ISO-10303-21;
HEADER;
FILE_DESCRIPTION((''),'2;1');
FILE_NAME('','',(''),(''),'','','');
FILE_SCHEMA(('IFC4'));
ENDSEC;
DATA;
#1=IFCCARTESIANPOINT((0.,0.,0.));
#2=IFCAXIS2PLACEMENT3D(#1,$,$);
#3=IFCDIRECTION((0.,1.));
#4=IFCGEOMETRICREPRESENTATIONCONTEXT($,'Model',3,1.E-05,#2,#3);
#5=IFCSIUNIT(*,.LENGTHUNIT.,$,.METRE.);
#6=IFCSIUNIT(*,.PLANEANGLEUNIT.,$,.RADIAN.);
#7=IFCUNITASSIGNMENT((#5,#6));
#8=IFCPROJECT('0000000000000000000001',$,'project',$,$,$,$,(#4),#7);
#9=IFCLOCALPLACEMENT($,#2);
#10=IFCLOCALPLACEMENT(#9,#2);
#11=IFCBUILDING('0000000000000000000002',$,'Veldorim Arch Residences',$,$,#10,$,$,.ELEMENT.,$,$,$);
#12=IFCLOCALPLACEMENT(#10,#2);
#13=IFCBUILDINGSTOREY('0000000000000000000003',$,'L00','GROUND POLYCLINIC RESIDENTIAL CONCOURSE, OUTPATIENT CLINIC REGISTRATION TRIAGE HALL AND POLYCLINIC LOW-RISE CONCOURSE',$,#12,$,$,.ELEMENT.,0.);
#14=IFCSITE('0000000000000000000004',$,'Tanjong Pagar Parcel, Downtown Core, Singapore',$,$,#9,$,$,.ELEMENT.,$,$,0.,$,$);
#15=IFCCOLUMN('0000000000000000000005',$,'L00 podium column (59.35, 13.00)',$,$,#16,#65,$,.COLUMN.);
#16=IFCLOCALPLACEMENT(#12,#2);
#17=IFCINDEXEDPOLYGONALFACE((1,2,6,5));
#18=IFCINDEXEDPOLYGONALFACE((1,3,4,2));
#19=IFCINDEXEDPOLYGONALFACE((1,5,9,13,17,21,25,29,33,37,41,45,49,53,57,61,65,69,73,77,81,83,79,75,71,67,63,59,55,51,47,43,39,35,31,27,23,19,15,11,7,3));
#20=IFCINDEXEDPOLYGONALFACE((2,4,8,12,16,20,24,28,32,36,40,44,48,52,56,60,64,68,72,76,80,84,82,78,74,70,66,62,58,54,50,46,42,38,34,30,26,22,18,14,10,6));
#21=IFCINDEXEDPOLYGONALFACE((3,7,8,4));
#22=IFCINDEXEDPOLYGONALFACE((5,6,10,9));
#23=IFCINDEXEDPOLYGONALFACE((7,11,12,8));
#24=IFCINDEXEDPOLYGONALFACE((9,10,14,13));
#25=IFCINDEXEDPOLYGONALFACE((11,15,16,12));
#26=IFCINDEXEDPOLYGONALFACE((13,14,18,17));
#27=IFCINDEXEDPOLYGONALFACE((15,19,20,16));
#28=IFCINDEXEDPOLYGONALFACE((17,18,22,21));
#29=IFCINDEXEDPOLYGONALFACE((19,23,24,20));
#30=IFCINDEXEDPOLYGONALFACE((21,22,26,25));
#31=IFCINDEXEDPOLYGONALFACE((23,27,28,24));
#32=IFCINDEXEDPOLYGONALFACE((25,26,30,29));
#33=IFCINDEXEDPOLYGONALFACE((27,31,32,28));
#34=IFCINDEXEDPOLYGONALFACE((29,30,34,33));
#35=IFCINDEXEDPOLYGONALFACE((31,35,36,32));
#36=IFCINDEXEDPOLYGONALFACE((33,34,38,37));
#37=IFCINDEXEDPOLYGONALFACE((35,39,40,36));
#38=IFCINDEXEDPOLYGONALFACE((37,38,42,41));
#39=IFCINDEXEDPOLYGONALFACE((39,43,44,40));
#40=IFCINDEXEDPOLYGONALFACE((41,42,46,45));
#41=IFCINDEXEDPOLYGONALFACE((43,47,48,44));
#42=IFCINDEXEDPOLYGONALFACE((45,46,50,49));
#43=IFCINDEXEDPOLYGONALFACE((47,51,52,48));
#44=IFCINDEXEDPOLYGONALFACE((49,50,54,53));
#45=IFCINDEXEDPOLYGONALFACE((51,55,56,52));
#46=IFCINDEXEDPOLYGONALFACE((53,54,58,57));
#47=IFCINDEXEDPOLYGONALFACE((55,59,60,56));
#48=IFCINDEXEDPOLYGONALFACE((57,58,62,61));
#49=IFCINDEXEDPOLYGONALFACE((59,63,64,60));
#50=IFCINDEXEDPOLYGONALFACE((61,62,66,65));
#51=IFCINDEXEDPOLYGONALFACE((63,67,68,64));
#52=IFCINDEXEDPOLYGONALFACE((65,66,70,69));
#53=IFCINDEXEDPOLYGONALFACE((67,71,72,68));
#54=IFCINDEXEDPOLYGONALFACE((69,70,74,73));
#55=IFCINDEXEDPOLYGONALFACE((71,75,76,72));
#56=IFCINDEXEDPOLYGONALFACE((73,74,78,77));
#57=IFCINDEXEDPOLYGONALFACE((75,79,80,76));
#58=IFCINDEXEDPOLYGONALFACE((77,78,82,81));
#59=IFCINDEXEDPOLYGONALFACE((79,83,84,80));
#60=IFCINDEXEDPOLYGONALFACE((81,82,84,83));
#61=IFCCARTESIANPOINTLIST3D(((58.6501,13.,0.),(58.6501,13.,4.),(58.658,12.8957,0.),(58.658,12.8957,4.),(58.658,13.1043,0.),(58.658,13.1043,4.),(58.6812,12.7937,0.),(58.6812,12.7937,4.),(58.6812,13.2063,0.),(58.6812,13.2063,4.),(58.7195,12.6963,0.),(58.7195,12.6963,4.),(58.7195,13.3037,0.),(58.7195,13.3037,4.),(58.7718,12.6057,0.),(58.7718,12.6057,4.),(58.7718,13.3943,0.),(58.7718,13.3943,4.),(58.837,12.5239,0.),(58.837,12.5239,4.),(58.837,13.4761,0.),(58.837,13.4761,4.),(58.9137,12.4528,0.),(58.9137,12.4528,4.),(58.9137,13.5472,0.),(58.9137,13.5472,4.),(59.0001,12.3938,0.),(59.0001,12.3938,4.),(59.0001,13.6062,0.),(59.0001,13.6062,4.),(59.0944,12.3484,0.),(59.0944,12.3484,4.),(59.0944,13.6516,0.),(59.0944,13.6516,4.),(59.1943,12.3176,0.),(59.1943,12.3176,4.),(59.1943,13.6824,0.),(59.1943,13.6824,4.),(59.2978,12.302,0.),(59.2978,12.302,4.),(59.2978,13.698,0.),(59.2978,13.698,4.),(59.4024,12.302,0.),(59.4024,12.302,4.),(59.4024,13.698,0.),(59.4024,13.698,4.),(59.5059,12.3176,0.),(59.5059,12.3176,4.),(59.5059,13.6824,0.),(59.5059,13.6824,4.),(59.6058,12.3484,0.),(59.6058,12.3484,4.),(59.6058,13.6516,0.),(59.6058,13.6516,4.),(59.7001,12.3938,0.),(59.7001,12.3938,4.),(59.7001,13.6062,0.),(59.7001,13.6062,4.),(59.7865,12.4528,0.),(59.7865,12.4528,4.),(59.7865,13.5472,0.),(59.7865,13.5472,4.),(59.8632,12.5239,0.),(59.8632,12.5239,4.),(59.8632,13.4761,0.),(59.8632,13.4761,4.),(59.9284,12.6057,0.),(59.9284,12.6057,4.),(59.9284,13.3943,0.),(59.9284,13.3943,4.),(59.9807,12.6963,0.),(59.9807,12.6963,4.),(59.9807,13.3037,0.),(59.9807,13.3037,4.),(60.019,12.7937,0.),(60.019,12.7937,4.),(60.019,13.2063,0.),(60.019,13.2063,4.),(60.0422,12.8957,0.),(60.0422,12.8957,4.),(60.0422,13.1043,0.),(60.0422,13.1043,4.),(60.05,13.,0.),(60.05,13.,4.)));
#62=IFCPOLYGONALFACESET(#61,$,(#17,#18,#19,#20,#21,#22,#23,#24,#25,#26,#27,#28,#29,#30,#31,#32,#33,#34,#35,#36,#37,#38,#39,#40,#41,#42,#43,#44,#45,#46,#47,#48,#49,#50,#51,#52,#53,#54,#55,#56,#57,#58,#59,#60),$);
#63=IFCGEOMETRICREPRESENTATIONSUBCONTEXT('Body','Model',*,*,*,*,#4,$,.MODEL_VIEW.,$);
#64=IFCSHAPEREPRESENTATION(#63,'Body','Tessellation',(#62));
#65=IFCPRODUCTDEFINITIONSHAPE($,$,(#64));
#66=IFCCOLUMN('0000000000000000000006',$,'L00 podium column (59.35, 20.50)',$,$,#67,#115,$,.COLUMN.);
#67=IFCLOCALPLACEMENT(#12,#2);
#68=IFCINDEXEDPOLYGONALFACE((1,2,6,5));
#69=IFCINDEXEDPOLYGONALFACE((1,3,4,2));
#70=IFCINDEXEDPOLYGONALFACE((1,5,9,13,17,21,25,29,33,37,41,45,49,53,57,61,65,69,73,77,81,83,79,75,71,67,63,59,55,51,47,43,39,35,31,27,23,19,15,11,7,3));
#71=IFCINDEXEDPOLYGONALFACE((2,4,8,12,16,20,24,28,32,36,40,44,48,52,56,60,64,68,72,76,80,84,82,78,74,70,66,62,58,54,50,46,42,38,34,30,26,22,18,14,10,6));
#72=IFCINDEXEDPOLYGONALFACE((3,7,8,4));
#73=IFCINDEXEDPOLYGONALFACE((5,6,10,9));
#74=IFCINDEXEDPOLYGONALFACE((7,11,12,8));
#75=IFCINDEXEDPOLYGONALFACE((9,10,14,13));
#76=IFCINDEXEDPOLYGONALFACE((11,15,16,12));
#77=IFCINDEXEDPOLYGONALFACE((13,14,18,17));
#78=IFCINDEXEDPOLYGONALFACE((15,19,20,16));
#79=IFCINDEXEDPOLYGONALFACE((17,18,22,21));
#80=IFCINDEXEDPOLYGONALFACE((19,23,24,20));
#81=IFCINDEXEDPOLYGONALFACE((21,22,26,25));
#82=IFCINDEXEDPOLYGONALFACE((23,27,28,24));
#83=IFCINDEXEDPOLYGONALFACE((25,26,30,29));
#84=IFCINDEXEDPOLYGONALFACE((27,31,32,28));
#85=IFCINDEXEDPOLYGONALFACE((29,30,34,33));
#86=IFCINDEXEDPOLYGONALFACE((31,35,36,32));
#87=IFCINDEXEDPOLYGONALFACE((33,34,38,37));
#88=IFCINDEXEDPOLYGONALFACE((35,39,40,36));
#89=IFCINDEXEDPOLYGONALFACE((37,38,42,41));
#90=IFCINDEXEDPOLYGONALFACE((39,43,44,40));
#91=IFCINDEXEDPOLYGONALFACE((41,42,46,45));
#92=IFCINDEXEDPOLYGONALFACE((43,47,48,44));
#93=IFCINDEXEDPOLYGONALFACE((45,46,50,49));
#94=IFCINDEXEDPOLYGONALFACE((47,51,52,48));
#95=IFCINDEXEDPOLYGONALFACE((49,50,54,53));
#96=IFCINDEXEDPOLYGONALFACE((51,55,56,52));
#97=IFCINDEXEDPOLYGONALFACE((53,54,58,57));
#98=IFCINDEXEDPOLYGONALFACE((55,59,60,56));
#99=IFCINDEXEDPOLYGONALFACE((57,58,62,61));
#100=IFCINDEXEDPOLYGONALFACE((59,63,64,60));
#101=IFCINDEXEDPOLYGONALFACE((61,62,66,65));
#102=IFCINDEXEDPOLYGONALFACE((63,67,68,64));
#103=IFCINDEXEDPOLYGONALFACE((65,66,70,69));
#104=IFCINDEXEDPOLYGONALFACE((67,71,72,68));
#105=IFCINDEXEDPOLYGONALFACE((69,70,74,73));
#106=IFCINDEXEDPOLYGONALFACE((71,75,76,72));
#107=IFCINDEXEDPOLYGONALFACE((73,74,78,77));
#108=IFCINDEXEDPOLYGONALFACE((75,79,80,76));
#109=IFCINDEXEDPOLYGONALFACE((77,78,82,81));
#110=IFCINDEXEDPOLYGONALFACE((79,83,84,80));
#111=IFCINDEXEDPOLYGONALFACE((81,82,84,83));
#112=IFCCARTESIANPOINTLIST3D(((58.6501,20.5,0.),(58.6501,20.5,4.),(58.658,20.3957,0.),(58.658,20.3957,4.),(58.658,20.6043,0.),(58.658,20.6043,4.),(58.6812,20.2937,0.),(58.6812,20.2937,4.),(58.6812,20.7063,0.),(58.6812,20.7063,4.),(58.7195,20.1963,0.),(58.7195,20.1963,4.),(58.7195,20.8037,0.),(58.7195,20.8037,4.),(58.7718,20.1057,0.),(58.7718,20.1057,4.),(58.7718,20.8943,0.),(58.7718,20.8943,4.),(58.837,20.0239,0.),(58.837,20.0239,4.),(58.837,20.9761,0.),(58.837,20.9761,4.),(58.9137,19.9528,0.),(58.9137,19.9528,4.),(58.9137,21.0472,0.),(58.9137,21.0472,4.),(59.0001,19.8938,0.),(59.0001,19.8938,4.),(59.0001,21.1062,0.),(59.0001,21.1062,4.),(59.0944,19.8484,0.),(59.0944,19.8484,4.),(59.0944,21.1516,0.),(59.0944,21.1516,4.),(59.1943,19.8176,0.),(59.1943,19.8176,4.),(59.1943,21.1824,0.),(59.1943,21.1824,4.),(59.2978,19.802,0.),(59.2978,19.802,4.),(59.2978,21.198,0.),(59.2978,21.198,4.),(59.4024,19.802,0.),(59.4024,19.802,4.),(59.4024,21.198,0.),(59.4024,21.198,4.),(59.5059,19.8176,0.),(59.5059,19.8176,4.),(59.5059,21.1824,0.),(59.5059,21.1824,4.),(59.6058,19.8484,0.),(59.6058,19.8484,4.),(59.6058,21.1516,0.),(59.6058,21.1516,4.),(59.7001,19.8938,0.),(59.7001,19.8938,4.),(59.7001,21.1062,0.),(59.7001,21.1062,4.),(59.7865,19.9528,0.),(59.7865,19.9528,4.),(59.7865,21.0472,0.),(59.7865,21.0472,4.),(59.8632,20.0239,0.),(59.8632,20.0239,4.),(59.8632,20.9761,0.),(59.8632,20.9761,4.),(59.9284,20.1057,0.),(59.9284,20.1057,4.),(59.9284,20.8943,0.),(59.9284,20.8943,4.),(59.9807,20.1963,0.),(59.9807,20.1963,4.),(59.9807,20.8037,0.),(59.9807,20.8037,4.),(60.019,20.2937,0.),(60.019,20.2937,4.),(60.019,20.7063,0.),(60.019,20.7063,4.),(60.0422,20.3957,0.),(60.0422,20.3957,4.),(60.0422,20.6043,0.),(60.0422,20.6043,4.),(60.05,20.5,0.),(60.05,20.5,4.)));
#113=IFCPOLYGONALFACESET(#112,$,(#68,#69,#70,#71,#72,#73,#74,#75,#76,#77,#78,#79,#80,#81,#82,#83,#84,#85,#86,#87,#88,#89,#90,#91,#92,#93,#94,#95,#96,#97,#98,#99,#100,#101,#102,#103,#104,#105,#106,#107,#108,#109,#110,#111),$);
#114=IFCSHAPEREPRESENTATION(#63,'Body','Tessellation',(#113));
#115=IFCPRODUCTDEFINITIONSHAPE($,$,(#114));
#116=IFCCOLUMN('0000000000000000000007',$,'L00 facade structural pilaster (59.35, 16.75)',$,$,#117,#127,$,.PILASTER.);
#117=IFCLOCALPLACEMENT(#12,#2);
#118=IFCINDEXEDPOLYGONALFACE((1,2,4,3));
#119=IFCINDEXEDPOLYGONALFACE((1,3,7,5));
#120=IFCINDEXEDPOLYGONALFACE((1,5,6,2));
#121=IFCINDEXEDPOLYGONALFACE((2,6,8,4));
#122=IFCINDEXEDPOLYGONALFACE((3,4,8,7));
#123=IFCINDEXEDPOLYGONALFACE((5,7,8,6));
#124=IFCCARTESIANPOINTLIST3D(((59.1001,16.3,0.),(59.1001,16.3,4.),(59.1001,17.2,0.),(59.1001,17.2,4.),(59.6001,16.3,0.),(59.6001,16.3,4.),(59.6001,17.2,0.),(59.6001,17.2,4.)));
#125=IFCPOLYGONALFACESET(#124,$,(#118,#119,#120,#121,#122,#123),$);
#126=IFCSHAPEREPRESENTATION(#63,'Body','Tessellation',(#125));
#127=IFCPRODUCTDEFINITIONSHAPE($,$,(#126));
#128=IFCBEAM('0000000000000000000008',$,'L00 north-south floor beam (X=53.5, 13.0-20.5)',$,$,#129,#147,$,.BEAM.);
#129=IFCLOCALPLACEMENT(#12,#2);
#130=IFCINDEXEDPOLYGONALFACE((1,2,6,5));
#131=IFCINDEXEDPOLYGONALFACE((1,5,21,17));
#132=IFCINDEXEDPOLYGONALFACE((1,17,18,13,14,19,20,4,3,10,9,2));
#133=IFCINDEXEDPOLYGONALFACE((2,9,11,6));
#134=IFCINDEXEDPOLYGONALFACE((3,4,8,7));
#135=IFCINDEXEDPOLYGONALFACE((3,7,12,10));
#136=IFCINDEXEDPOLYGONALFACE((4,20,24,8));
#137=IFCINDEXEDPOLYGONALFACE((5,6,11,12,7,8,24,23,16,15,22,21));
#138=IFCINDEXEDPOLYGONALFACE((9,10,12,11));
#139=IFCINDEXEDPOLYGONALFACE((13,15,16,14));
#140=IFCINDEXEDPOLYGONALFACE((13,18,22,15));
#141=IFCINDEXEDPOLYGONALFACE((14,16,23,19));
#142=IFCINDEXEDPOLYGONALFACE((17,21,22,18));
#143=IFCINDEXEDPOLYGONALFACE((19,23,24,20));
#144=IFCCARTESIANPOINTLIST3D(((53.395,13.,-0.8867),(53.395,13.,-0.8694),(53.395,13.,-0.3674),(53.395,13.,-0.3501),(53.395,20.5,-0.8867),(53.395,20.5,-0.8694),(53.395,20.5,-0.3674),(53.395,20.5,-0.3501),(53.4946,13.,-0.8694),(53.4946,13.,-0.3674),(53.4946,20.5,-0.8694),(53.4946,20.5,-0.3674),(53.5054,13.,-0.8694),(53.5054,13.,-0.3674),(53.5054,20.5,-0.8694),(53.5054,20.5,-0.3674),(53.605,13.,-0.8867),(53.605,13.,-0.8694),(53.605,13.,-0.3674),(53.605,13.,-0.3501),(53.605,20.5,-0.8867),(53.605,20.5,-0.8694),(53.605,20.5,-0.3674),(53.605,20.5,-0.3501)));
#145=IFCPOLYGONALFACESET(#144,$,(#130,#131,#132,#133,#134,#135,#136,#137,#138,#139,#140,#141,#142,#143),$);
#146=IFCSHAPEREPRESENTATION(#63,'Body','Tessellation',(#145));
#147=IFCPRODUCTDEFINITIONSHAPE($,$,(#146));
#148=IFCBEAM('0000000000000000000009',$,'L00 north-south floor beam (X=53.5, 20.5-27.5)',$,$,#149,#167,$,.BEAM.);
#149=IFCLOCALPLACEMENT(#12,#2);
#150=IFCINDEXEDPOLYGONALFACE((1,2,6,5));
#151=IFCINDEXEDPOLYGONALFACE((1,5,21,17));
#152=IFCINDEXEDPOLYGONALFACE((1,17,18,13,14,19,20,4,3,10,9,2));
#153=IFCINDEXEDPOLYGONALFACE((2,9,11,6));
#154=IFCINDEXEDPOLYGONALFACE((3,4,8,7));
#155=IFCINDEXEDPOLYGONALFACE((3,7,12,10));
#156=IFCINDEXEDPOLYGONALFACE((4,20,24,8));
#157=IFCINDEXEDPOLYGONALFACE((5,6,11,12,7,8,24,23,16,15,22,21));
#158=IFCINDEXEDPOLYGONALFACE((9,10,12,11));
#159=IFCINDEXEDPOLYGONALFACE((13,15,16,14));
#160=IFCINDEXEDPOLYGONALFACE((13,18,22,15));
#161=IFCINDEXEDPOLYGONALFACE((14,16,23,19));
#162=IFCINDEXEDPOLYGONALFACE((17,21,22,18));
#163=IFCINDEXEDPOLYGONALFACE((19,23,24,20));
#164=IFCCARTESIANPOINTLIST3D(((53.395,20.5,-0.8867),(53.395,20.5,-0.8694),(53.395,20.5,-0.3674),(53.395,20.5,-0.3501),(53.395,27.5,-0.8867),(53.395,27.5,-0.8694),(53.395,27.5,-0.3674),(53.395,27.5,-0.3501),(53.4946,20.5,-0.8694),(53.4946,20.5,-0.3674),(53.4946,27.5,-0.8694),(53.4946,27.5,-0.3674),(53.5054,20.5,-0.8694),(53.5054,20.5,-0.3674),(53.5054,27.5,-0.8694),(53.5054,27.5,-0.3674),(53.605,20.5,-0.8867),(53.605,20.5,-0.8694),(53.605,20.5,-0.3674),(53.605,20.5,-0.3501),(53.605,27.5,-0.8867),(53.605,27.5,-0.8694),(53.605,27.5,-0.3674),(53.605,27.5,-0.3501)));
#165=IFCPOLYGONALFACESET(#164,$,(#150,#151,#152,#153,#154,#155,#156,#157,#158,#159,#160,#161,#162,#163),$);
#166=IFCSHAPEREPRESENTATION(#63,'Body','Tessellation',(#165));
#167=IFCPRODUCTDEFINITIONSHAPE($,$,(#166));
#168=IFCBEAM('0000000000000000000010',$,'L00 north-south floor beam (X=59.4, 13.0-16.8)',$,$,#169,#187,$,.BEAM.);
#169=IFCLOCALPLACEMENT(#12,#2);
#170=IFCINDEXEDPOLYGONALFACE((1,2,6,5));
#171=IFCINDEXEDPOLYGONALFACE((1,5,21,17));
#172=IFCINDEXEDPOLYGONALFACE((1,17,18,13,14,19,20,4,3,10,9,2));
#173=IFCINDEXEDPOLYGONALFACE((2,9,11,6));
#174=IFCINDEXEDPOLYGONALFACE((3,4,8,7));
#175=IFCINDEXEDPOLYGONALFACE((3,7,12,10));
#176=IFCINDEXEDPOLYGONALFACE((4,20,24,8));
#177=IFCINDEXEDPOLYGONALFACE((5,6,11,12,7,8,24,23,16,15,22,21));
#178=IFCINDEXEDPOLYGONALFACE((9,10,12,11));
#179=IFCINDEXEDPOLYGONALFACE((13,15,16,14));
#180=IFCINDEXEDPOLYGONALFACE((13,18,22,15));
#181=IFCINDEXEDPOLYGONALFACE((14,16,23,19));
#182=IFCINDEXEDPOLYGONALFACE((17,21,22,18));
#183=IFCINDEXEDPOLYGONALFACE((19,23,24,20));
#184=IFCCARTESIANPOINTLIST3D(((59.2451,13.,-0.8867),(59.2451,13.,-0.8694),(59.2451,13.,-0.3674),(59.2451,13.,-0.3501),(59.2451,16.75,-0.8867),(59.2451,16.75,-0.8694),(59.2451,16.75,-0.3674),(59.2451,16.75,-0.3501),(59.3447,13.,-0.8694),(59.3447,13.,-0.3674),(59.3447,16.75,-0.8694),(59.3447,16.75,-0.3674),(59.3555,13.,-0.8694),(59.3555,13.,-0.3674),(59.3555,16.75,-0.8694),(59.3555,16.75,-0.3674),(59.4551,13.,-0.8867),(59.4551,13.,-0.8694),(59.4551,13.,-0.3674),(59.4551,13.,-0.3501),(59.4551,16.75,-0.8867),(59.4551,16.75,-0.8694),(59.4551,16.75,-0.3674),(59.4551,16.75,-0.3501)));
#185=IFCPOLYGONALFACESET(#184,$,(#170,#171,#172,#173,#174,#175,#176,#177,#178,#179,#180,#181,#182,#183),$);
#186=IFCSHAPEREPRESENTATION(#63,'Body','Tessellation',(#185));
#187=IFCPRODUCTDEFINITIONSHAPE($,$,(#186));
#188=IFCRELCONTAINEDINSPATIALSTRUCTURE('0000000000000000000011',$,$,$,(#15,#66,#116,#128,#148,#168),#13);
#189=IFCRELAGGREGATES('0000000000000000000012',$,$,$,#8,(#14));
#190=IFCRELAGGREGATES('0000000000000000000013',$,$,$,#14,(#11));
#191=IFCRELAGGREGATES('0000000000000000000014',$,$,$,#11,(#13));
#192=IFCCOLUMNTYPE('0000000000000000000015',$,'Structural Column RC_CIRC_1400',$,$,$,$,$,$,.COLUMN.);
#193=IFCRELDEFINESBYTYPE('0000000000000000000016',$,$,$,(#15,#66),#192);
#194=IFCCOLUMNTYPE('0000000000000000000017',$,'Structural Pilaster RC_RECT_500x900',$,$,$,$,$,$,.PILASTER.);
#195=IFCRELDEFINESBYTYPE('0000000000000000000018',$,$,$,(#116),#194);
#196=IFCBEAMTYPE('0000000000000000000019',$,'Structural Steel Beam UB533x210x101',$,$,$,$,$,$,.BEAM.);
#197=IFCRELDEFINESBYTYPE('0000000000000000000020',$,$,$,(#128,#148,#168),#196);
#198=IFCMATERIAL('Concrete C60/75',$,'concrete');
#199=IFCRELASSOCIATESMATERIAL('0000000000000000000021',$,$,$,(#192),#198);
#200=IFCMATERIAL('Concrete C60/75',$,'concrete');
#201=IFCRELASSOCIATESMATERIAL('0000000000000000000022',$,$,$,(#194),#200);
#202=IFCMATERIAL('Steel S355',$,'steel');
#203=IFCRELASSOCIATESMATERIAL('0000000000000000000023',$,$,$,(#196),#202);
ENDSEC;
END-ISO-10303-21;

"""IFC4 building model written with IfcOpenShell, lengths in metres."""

from ifc_helpers import new_model, si_unit, direction, frame, origin, origin_2d, place, context, subcontext, project, spatial, rectangle, circle, i_section, extrude, material, material_profile, profile_set, type_object, element, save


model = new_model("IFC4")

# Units and contexts
model_context = context("Model", 3, precision=1e-05, world=origin(), true_north=direction((0.0, 1.0)))
body_context = subcontext(model_context, "Body", "Model", "MODEL_VIEW")
ifc_project = project(units=[si_unit("LENGTHUNIT", "METRE"), si_unit("PLANEANGLEUNIT", "RADIAN")], contexts=[model_context])

# Site, building, storey
site_placement = place(None, origin())
site = spatial("IfcSite", under=ifc_project, at=site_placement, Name="Tanjong Pagar Parcel, Downtown Core, Singapore", CompositionType="ELEMENT", RefElevation=0.0)
building_placement = place(site_placement, origin())
building = spatial("IfcBuilding", under=site, at=building_placement, Name="Veldorim Arch Residences", CompositionType="ELEMENT")
storey_placement = place(building_placement, origin())
storey = spatial("IfcBuildingStorey", under=building, at=storey_placement, Name="L00", Description="GROUND POLYCLINIC RESIDENTIAL CONCOURSE, OUTPATIENT CLINIC REGISTRATION TRIAGE HALL AND POLYCLINIC LOW-RISE CONCOURSE", CompositionType="ELEMENT", Elevation=0.0)

# Columns
ifc_material_1 = material(Name="Concrete C60/75", Category="concrete")
ifc_material_profile_1 = material_profile(ifc_material_1, circle(Radius=0.7, at=origin_2d()), Name="RC_CIRC_1400")
ifc_profile_set_1 = profile_set([ifc_material_profile_1], Name="Concrete C60/75")
column_type_1 = type_object("IfcColumnType", Name="Structural Column RC_CIRC_1400", PredefinedType="COLUMN", material=ifc_profile_set_1)
for number, where, z_axis, x_axis, name in (
    (1, (59.3501, 13.0, 0.0), (0.0, 0.0, 1.0), (1.0, 0.0, 0.0), "L00 podium column (59.35, 13.00)"),
    (2, (59.3501, 20.5, 0.0), (0.0, 0.0, 1.0), (1.0, 0.0, 0.0), "L00 podium column (59.35, 20.50)"),
):
    element("IfcColumn", number, at=place(storey_placement, frame(where, z_axis=z_axis, x_axis=x_axis)), inside=storey, type_object=column_type_1, Name=name, PredefinedType="COLUMN", context=body_context, shape_type="SweptSolid", body=[
        extrude(circle(Radius=0.7, at=origin_2d()), origin(), (0.0, 0.0, 1.0), 4.0),
    ])
ifc_material_2 = material(Name="Concrete C60/75", Category="concrete")
ifc_material_profile_2 = material_profile(ifc_material_2, rectangle(XDim=0.5, YDim=0.8999, at=origin_2d()), Name="RC_RECT_500x900")
ifc_profile_set_2 = profile_set([ifc_material_profile_2], Name="Concrete C60/75")
column_type_2 = type_object("IfcColumnType", Name="Structural Pilaster RC_RECT_500x900", PredefinedType="PILASTER", material=ifc_profile_set_2)
column_placement = place(storey_placement, frame((59.3501, 16.75, 0.0), z_axis=(0.0, 0.0, 1.0), x_axis=(1.0, 0.0, 0.0)))
element("IfcColumn", 3, at=column_placement, inside=storey, type_object=column_type_2, Name="L00 facade structural pilaster (59.35, 16.75)", PredefinedType="PILASTER", context=body_context, shape_type="SweptSolid", body=[
    extrude(rectangle(XDim=0.5, YDim=0.8999, at=origin_2d()), origin(), (0.0, 0.0, 1.0), 4.0),
])

# Beams
ifc_material_3 = material(Name="Steel S355", Category="steel")
ifc_material_profile_3 = material_profile(ifc_material_3, i_section(OverallWidth=0.21, OverallDepth=0.5366, WebThickness=0.0107, FlangeThickness=0.0173, at=origin_2d()), Name="UB533x210x101")
ifc_profile_set_3 = profile_set([ifc_material_profile_3], Name="Steel S355")
beam_type_1 = type_object("IfcBeamType", Name="Structural Steel Beam UB533x210x101", PredefinedType="BEAM", material=ifc_profile_set_3)
beam_1_placement = place(storey_placement, frame((53.5, 13.0, -0.6184), z_axis=(0.0, 1.0, 0.0), x_axis=(-1.0, 0.0, 0.0)))
element("IfcBeam", 4, at=beam_1_placement, inside=storey, type_object=beam_type_1, Name="L00 north-south floor beam (X=53.5, 13.0-20.5)", PredefinedType="BEAM", context=body_context, shape_type="SweptSolid", body=[
    extrude(i_section(OverallWidth=0.21, OverallDepth=0.5366, WebThickness=0.0107, FlangeThickness=0.0173, at=origin_2d()), origin(), (0.0, 0.0, 1.0), 7.5),
])
beam_2_placement = place(storey_placement, frame((53.5, 20.5, -0.6184), z_axis=(0.0, 1.0, 0.0), x_axis=(-1.0, 0.0, 0.0)))
element("IfcBeam", 5, at=beam_2_placement, inside=storey, type_object=beam_type_1, Name="L00 north-south floor beam (X=53.5, 20.5-27.5)", PredefinedType="BEAM", context=body_context, shape_type="SweptSolid", body=[
    extrude(i_section(OverallWidth=0.21, OverallDepth=0.5366, WebThickness=0.0107, FlangeThickness=0.0173, at=origin_2d()), origin(), (0.0, 0.0, 1.0), 7.0),
])
for number, where, z_axis, x_axis, name in (
    (6, (59.3501, 13.0, -0.6184), (0.0, 1.0, 0.0), (-1.0, 0.0, 0.0), "L00 north-south floor beam (X=59.4, 13.0-16.8)"),
):
    element("IfcBeam", number, at=place(storey_placement, frame(where, z_axis=z_axis, x_axis=x_axis)), inside=storey, type_object=beam_type_1, Name=name, PredefinedType="BEAM", context=body_context, shape_type="SweptSolid", body=[
        extrude(i_section(OverallWidth=0.21, OverallDepth=0.5366, WebThickness=0.0107, FlangeThickness=0.0173, at=origin_2d()), origin(), (0.0, 0.0, 1.0), 3.75),
    ])

save(model, "model.ifc")
